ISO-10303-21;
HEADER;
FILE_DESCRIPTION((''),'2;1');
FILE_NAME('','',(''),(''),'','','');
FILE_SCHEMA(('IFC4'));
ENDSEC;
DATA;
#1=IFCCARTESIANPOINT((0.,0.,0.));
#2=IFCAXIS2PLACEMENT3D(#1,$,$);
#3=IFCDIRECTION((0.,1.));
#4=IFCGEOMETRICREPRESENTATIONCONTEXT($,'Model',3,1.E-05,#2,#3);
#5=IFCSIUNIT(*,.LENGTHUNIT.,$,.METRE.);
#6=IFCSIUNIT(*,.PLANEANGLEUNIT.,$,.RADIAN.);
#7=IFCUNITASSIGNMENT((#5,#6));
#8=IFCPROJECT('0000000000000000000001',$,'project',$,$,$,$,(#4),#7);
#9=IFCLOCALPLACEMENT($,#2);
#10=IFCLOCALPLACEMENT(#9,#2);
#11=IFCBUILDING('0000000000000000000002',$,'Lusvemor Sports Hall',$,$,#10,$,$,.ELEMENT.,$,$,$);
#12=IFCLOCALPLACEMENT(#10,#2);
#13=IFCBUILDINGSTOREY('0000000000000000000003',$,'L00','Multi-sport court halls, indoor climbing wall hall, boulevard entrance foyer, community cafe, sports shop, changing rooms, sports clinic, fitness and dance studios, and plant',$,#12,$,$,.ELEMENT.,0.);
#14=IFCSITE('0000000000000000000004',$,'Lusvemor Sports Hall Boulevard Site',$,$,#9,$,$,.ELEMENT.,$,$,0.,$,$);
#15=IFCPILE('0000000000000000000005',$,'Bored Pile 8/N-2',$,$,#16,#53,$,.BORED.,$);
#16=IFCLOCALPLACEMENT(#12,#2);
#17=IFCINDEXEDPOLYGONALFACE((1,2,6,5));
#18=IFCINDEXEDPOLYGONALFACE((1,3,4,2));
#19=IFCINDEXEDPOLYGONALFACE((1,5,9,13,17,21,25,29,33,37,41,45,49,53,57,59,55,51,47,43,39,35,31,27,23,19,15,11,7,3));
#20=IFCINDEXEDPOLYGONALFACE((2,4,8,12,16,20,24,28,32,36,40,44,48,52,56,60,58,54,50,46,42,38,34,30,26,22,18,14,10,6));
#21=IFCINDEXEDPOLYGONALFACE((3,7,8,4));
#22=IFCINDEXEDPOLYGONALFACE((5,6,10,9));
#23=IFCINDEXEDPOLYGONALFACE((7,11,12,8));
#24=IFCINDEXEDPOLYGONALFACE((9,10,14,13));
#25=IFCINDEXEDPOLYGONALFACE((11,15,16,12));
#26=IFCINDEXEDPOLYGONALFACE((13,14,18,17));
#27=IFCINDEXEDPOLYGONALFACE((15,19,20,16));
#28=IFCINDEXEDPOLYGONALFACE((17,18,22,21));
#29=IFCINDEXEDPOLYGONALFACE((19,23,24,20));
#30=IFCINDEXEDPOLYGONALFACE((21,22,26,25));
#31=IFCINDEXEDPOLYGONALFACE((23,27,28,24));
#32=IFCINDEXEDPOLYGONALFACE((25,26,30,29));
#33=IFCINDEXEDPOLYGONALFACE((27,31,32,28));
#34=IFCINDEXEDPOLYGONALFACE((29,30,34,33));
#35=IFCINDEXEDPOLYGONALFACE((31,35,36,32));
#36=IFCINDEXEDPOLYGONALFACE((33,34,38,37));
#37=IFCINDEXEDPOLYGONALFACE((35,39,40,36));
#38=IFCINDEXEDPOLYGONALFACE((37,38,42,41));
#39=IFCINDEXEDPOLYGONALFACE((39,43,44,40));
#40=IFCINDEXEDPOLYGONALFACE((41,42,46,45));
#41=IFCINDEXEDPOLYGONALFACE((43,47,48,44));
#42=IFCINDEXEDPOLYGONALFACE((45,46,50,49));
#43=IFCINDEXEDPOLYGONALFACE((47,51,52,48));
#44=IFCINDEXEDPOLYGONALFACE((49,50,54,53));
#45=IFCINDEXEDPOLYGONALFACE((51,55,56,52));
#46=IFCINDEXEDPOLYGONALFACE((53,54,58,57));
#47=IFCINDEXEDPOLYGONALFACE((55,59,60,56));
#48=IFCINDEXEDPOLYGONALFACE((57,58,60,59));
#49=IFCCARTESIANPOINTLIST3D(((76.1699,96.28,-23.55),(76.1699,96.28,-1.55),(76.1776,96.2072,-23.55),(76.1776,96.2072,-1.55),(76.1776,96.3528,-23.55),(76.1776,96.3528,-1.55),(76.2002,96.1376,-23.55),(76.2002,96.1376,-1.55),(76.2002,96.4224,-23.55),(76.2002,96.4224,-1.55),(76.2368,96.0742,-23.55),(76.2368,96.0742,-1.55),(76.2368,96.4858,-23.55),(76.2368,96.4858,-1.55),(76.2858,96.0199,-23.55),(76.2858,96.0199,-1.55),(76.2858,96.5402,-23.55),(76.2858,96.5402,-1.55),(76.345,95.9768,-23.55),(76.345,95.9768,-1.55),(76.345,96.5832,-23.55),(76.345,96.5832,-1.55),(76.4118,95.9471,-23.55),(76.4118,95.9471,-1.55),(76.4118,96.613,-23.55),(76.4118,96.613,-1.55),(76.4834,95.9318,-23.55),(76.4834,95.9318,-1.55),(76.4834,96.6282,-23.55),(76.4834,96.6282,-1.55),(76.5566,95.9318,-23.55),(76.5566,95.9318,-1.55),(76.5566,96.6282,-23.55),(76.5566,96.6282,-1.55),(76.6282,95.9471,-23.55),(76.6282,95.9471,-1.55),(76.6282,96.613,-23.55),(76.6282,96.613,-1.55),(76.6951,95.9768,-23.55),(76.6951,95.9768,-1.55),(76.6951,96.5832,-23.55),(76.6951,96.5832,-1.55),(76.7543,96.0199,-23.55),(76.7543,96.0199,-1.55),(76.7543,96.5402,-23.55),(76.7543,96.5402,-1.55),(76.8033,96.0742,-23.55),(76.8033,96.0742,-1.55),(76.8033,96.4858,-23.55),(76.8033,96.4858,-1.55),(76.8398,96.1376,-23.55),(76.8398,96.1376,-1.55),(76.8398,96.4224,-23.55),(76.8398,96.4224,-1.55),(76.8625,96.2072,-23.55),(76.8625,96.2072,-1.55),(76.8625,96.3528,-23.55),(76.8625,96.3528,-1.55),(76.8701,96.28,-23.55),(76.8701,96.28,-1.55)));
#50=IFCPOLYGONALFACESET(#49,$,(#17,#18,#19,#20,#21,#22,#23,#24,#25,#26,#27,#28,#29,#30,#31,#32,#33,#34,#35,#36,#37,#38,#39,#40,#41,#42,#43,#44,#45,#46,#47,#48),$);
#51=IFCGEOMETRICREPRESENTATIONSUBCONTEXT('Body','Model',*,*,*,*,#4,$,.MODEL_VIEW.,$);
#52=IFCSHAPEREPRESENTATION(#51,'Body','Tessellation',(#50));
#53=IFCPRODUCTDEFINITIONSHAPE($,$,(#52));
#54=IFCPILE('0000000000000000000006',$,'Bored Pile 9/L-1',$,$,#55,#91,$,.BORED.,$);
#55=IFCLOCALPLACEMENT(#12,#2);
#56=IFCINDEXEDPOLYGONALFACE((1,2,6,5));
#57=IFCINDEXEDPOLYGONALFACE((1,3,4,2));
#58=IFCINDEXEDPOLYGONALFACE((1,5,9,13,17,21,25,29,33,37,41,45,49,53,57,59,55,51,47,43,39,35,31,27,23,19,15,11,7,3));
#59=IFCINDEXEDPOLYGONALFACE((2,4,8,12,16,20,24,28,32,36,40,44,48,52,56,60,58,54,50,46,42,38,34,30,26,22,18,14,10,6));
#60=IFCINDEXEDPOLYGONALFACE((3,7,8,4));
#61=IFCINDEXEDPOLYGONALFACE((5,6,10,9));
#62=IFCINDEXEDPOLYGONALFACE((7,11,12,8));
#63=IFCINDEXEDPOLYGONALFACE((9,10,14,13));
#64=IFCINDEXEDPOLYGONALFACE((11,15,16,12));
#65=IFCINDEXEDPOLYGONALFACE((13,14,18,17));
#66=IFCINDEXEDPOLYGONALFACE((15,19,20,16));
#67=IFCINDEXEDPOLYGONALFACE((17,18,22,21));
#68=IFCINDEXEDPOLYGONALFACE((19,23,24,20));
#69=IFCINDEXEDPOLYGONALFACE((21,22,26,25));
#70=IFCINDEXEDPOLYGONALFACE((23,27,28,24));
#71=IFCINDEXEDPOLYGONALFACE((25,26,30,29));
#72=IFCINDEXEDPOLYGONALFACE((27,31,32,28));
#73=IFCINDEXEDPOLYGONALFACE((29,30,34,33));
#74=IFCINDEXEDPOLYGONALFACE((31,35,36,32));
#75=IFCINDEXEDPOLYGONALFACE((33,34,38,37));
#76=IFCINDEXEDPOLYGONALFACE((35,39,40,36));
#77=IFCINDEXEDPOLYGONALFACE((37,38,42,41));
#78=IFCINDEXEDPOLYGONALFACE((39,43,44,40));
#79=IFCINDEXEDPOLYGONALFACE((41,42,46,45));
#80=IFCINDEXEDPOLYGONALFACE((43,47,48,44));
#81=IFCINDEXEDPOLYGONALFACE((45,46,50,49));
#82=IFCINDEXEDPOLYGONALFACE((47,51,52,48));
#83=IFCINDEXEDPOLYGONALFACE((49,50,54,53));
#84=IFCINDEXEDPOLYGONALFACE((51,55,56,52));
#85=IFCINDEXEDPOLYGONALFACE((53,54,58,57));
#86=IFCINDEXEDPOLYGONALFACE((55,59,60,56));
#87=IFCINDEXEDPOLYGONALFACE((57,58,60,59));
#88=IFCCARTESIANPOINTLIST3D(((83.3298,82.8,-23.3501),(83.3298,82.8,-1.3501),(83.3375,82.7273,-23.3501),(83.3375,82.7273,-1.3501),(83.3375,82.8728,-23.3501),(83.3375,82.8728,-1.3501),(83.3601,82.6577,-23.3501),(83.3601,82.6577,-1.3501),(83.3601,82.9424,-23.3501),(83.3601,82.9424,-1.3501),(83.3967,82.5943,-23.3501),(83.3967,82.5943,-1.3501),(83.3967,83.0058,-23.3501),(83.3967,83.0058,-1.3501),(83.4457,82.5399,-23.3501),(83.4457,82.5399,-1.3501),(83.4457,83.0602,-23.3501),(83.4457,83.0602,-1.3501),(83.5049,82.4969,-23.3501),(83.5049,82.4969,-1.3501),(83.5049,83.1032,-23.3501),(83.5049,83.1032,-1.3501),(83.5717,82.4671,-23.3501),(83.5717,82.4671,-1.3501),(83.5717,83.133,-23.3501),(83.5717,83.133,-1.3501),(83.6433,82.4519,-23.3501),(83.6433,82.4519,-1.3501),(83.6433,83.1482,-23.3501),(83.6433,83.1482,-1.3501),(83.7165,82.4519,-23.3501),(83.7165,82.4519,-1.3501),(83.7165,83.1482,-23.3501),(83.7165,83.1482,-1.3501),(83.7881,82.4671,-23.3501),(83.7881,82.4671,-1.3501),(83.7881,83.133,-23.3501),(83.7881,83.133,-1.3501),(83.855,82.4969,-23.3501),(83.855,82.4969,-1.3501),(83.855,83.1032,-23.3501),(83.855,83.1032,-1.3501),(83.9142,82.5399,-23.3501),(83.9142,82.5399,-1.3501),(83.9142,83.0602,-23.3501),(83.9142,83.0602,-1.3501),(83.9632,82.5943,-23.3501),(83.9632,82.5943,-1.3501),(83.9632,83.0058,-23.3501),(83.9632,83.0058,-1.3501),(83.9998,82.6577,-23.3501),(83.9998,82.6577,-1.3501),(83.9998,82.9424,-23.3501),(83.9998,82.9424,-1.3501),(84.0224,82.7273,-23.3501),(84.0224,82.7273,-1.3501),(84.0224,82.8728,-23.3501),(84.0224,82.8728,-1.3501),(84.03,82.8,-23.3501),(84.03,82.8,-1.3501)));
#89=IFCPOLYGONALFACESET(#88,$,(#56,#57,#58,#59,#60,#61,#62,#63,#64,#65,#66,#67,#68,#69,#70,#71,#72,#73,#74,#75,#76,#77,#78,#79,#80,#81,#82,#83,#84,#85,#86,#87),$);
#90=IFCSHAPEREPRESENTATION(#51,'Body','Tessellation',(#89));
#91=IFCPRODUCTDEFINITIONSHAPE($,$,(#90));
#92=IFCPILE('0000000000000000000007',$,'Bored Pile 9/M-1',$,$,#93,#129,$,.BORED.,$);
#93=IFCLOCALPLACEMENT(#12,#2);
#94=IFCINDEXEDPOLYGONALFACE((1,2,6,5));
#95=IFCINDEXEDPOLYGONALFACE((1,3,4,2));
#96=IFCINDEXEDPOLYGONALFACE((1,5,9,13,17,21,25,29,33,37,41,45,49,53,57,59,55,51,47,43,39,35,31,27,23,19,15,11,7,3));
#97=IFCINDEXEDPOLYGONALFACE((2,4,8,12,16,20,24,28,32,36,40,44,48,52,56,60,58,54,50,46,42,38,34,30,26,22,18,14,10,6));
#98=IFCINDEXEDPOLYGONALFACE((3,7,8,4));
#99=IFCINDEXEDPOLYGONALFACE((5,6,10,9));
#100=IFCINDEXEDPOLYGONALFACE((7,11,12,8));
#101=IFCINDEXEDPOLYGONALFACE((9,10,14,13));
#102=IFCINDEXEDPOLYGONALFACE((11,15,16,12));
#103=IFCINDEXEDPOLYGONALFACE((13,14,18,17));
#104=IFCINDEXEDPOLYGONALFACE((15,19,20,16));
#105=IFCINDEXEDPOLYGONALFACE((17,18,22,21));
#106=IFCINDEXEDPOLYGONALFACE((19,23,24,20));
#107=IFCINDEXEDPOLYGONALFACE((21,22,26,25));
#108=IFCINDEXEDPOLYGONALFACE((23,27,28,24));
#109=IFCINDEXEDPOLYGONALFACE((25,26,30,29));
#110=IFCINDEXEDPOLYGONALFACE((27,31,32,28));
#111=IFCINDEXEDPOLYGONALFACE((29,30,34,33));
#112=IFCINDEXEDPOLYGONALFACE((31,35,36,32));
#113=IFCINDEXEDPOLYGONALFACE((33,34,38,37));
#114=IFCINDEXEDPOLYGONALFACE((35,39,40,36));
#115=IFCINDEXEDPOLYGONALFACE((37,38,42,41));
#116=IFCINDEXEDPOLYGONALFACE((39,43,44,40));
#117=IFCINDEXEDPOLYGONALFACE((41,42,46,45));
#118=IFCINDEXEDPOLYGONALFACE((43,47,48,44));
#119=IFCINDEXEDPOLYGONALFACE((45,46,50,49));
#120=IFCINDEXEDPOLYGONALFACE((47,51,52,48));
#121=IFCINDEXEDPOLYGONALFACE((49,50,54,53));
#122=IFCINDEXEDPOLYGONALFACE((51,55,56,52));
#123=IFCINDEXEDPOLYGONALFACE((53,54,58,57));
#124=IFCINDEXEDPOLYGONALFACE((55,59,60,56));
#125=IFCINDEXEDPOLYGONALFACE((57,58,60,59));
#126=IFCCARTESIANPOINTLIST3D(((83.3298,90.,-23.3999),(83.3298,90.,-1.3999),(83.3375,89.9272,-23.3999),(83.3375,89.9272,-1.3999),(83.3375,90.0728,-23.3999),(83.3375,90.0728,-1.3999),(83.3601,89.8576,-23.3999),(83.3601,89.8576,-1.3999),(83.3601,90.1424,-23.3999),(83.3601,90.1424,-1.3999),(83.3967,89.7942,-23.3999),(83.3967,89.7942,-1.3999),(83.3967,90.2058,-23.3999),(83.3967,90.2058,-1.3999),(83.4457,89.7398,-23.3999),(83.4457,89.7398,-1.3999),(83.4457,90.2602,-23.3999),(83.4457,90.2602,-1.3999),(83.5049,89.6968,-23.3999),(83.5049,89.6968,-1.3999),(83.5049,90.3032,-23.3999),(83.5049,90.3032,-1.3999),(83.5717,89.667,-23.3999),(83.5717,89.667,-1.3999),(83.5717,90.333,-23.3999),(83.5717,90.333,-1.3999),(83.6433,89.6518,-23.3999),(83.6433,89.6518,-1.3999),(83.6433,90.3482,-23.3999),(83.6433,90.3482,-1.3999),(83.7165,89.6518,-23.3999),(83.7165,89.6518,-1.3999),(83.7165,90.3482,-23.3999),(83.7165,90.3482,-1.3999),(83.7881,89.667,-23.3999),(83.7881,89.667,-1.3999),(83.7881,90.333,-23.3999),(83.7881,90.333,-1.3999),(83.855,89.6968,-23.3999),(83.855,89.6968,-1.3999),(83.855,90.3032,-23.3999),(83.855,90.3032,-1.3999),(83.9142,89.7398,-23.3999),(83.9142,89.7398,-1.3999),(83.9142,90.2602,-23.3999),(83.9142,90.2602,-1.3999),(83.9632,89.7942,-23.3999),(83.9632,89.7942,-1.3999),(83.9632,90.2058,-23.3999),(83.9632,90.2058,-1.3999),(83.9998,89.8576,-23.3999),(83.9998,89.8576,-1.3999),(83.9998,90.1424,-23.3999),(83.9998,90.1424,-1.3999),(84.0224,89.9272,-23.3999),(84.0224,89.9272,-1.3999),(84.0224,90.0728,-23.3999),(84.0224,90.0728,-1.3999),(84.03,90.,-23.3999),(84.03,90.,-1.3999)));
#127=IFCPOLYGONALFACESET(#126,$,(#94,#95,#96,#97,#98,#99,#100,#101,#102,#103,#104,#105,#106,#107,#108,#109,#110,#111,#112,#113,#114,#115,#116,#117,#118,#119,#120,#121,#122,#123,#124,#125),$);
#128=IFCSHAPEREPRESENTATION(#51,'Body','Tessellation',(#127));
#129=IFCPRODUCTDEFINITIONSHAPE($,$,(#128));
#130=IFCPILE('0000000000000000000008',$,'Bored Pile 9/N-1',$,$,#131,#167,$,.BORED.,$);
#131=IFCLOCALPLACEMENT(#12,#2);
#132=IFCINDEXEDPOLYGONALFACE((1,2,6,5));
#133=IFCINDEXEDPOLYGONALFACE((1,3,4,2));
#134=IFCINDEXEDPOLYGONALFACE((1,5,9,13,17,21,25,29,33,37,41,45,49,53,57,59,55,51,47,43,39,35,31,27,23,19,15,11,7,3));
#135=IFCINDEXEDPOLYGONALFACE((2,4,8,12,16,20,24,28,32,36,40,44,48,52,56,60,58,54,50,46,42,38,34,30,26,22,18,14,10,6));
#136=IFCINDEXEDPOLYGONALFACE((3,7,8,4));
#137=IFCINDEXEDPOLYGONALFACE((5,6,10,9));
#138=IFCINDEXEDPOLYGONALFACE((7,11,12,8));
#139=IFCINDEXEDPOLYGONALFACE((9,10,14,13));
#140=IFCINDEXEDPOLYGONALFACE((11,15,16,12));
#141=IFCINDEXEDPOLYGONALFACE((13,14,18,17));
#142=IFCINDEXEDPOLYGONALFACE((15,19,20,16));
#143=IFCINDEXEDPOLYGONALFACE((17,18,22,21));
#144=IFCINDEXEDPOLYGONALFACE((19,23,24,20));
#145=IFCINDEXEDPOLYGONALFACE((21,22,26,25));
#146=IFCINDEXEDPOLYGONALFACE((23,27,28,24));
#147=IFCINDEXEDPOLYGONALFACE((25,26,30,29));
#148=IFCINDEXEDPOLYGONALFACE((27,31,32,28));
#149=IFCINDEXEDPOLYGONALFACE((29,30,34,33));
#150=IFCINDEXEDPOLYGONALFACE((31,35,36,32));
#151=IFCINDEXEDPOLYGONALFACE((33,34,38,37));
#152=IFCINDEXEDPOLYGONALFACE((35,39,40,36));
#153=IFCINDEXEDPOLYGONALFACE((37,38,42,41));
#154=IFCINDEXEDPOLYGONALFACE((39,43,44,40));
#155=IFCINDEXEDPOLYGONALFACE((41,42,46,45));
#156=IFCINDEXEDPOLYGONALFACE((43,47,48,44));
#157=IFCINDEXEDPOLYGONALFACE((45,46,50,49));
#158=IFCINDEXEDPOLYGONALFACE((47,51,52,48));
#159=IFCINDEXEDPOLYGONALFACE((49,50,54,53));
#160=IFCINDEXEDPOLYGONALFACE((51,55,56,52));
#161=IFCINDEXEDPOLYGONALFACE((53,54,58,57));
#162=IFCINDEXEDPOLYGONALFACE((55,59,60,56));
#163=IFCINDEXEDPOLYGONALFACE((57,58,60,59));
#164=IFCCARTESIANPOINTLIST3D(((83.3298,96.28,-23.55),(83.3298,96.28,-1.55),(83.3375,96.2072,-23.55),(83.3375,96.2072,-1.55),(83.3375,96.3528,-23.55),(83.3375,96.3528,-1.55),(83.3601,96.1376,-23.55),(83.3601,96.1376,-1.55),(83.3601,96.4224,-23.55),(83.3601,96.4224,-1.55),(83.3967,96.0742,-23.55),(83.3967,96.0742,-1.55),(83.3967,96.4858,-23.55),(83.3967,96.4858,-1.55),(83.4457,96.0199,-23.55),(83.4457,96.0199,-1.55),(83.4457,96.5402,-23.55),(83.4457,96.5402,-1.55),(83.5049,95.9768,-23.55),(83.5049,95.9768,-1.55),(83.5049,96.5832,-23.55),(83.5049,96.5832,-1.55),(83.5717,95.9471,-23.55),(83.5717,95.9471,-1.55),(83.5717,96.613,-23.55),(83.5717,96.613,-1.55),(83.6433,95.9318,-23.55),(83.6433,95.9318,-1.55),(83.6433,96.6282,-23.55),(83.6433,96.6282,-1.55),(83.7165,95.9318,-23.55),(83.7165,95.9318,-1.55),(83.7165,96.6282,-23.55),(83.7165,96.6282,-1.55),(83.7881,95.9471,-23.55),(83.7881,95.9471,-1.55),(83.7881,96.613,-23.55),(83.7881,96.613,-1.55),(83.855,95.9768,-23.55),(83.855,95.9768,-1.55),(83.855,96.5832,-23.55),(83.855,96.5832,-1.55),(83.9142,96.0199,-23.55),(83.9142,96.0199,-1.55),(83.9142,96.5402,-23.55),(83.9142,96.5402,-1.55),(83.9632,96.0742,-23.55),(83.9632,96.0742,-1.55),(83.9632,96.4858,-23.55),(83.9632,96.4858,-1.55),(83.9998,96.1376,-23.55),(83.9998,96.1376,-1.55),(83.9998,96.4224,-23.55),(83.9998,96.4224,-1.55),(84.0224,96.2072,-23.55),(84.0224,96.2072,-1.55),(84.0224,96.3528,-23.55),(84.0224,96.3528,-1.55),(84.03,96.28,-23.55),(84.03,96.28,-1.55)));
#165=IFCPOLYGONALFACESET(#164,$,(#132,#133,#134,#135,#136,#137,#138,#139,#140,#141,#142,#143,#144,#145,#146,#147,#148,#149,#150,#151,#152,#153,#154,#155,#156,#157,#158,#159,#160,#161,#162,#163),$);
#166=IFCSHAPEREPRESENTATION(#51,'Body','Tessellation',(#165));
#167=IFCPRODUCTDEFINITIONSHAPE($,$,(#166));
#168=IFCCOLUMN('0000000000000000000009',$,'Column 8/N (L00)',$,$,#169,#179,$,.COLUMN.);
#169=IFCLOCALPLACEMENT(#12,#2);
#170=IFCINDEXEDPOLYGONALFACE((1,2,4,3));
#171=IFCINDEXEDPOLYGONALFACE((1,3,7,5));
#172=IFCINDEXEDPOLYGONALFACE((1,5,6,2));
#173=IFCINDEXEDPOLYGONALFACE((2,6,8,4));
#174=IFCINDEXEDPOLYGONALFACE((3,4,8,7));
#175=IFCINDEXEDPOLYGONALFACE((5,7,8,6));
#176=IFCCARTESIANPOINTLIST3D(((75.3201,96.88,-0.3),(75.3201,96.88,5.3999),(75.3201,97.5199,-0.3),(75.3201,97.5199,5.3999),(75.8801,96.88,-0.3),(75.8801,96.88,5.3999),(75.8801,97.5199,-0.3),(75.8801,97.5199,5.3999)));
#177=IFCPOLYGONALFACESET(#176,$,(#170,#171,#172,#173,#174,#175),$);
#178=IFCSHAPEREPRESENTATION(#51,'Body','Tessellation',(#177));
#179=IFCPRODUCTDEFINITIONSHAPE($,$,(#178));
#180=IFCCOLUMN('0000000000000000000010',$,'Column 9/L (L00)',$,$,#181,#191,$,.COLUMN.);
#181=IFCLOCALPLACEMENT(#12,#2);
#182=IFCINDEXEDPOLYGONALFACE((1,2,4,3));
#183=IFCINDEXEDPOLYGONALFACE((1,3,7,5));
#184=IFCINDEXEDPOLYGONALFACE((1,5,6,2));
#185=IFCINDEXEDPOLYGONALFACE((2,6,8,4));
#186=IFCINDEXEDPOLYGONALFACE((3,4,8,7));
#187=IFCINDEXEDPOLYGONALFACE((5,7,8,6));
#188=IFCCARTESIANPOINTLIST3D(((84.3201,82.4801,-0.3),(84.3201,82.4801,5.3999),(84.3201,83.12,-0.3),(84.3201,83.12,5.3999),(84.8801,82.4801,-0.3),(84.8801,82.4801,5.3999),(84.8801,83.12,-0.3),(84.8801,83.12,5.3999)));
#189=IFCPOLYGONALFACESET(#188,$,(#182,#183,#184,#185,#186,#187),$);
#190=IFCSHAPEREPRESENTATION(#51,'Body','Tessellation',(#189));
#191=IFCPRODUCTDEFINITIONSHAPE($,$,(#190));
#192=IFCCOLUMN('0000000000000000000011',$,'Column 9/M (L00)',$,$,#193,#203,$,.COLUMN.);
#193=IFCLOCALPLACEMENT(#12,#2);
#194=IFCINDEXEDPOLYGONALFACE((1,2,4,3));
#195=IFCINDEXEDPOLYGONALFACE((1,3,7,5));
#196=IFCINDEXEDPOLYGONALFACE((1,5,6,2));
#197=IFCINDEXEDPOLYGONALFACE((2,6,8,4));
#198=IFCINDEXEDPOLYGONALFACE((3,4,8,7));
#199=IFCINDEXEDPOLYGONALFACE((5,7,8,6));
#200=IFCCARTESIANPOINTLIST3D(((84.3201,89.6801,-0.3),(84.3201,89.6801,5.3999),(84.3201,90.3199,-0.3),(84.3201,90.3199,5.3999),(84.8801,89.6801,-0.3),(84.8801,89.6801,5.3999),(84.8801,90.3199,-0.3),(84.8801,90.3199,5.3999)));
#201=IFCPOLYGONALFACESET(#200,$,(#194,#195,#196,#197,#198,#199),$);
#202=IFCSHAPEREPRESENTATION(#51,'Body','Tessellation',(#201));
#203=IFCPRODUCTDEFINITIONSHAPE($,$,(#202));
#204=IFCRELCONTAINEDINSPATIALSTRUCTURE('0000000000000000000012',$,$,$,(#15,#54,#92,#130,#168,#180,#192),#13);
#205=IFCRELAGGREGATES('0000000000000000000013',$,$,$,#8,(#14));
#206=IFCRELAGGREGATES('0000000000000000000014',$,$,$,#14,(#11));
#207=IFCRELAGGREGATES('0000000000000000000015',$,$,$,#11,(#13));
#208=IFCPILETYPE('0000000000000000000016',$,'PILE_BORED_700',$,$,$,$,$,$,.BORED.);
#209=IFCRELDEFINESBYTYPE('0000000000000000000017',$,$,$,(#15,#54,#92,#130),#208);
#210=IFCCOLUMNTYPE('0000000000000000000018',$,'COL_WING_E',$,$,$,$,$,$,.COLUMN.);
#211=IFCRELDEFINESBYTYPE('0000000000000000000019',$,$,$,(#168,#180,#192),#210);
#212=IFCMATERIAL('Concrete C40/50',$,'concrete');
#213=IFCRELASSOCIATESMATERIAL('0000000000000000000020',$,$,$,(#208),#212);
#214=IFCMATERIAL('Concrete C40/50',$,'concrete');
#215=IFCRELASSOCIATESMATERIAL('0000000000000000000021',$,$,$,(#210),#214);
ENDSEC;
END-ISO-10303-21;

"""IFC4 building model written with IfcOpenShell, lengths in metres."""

from ifc_helpers import new_model, si_unit, direction, frame, origin, origin_2d, place, context, subcontext, project, spatial, rectangle, circle, extrude, material, material_profile, profile_set, type_object, element, save


model = new_model("IFC4")

# Units and contexts
model_context = context("Model", 3, precision=1e-05, world=origin(), true_north=direction((0.0, 1.0)))
body_context = subcontext(model_context, "Body", "Model", "MODEL_VIEW")
ifc_project = project(units=[si_unit("LENGTHUNIT", "METRE"), si_unit("PLANEANGLEUNIT", "RADIAN")], contexts=[model_context])

# Site, building, storey
site_placement = place(None, origin())
site = spatial("IfcSite", under=ifc_project, at=site_placement, Name="Lusvemor Sports Hall Boulevard Site", CompositionType="ELEMENT", RefElevation=0.0)
building_placement = place(site_placement, origin())
building = spatial("IfcBuilding", under=site, at=building_placement, Name="Lusvemor Sports Hall", CompositionType="ELEMENT")
storey_placement = place(building_placement, origin())
storey = spatial("IfcBuildingStorey", under=building, at=storey_placement, Name="L00", Description="Multi-sport court halls, indoor climbing wall hall, boulevard entrance foyer, community cafe, sports shop, changing rooms, sports clinic, fitness and dance studios, and plant", CompositionType="ELEMENT", Elevation=0.0)

# Piles
ifc_material_1 = material(Name="Concrete C40/50", Category="concrete")
ifc_material_profile_1 = material_profile(ifc_material_1, circle(Radius=0.3501, at=origin_2d()), Name="PILE700")
ifc_profile_set_1 = profile_set([ifc_material_profile_1], Name="Concrete C40/50")
pile_type = type_object("IfcPileType", Name="PILE_BORED_700", PredefinedType="BORED", material=ifc_profile_set_1)
for number, where, z_axis, x_axis, name in (
    (1, (76.52, 96.28, -1.55), (0.0, 0.0, -1.0), (1.0, 0.0, 0.0), "Bored Pile 8/N-2"),
    (2, (83.6799, 82.8, -1.3501), (0.0, 0.0, -1.0), (1.0, 0.0, 0.0), "Bored Pile 9/L-1"),
    (3, (83.6799, 90.0, -1.3999), (0.0, 0.0, -1.0), (1.0, 0.0, 0.0), "Bored Pile 9/M-1"),
    (4, (83.6799, 96.28, -1.55), (0.0, 0.0, -1.0), (1.0, 0.0, 0.0), "Bored Pile 9/N-1"),
):
    element("IfcPile", number, at=place(storey_placement, frame(where, z_axis=z_axis, x_axis=x_axis)), inside=storey, type_object=pile_type, Name=name, PredefinedType="BORED", context=body_context, shape_type="SweptSolid", body=[
        extrude(circle(Radius=0.3501, at=origin_2d()), origin(), (0.0, 0.0, 1.0), 22.0),
    ])

# Columns
ifc_material_2 = material(Name="Concrete C40/50", Category="concrete")
ifc_material_profile_2 = material_profile(ifc_material_2, rectangle(XDim=0.5601, YDim=0.6399, at=origin_2d()), Name="RC560x640")
ifc_profile_set_2 = profile_set([ifc_material_profile_2], Name="Concrete C40/50")
column_type = type_object("IfcColumnType", Name="COL_WING_E", PredefinedType="COLUMN", material=ifc_profile_set_2)
for number, where, z_axis, x_axis, name in (
    (5, (75.6001, 97.2, -0.3), (0.0, 0.0, 1.0), (1.0, 0.0, 0.0), "Column 8/N (L00)"),
    (6, (84.6001, 82.8, -0.3), (0.0, 0.0, 1.0), (1.0, 0.0, 0.0), "Column 9/L (L00)"),
    (7, (84.6001, 90.0, -0.3), (0.0, 0.0, 1.0), (1.0, 0.0, 0.0), "Column 9/M (L00)"),
):
    element("IfcColumn", number, at=place(storey_placement, frame(where, z_axis=z_axis, x_axis=x_axis)), inside=storey, type_object=column_type, Name=name, PredefinedType="COLUMN", context=body_context, shape_type="SweptSolid", body=[
        extrude(rectangle(XDim=0.5601, YDim=0.6399, at=origin_2d()), origin(), (0.0, 0.0, 1.0), 5.7),
    ])

save(model, "model.ifc")
